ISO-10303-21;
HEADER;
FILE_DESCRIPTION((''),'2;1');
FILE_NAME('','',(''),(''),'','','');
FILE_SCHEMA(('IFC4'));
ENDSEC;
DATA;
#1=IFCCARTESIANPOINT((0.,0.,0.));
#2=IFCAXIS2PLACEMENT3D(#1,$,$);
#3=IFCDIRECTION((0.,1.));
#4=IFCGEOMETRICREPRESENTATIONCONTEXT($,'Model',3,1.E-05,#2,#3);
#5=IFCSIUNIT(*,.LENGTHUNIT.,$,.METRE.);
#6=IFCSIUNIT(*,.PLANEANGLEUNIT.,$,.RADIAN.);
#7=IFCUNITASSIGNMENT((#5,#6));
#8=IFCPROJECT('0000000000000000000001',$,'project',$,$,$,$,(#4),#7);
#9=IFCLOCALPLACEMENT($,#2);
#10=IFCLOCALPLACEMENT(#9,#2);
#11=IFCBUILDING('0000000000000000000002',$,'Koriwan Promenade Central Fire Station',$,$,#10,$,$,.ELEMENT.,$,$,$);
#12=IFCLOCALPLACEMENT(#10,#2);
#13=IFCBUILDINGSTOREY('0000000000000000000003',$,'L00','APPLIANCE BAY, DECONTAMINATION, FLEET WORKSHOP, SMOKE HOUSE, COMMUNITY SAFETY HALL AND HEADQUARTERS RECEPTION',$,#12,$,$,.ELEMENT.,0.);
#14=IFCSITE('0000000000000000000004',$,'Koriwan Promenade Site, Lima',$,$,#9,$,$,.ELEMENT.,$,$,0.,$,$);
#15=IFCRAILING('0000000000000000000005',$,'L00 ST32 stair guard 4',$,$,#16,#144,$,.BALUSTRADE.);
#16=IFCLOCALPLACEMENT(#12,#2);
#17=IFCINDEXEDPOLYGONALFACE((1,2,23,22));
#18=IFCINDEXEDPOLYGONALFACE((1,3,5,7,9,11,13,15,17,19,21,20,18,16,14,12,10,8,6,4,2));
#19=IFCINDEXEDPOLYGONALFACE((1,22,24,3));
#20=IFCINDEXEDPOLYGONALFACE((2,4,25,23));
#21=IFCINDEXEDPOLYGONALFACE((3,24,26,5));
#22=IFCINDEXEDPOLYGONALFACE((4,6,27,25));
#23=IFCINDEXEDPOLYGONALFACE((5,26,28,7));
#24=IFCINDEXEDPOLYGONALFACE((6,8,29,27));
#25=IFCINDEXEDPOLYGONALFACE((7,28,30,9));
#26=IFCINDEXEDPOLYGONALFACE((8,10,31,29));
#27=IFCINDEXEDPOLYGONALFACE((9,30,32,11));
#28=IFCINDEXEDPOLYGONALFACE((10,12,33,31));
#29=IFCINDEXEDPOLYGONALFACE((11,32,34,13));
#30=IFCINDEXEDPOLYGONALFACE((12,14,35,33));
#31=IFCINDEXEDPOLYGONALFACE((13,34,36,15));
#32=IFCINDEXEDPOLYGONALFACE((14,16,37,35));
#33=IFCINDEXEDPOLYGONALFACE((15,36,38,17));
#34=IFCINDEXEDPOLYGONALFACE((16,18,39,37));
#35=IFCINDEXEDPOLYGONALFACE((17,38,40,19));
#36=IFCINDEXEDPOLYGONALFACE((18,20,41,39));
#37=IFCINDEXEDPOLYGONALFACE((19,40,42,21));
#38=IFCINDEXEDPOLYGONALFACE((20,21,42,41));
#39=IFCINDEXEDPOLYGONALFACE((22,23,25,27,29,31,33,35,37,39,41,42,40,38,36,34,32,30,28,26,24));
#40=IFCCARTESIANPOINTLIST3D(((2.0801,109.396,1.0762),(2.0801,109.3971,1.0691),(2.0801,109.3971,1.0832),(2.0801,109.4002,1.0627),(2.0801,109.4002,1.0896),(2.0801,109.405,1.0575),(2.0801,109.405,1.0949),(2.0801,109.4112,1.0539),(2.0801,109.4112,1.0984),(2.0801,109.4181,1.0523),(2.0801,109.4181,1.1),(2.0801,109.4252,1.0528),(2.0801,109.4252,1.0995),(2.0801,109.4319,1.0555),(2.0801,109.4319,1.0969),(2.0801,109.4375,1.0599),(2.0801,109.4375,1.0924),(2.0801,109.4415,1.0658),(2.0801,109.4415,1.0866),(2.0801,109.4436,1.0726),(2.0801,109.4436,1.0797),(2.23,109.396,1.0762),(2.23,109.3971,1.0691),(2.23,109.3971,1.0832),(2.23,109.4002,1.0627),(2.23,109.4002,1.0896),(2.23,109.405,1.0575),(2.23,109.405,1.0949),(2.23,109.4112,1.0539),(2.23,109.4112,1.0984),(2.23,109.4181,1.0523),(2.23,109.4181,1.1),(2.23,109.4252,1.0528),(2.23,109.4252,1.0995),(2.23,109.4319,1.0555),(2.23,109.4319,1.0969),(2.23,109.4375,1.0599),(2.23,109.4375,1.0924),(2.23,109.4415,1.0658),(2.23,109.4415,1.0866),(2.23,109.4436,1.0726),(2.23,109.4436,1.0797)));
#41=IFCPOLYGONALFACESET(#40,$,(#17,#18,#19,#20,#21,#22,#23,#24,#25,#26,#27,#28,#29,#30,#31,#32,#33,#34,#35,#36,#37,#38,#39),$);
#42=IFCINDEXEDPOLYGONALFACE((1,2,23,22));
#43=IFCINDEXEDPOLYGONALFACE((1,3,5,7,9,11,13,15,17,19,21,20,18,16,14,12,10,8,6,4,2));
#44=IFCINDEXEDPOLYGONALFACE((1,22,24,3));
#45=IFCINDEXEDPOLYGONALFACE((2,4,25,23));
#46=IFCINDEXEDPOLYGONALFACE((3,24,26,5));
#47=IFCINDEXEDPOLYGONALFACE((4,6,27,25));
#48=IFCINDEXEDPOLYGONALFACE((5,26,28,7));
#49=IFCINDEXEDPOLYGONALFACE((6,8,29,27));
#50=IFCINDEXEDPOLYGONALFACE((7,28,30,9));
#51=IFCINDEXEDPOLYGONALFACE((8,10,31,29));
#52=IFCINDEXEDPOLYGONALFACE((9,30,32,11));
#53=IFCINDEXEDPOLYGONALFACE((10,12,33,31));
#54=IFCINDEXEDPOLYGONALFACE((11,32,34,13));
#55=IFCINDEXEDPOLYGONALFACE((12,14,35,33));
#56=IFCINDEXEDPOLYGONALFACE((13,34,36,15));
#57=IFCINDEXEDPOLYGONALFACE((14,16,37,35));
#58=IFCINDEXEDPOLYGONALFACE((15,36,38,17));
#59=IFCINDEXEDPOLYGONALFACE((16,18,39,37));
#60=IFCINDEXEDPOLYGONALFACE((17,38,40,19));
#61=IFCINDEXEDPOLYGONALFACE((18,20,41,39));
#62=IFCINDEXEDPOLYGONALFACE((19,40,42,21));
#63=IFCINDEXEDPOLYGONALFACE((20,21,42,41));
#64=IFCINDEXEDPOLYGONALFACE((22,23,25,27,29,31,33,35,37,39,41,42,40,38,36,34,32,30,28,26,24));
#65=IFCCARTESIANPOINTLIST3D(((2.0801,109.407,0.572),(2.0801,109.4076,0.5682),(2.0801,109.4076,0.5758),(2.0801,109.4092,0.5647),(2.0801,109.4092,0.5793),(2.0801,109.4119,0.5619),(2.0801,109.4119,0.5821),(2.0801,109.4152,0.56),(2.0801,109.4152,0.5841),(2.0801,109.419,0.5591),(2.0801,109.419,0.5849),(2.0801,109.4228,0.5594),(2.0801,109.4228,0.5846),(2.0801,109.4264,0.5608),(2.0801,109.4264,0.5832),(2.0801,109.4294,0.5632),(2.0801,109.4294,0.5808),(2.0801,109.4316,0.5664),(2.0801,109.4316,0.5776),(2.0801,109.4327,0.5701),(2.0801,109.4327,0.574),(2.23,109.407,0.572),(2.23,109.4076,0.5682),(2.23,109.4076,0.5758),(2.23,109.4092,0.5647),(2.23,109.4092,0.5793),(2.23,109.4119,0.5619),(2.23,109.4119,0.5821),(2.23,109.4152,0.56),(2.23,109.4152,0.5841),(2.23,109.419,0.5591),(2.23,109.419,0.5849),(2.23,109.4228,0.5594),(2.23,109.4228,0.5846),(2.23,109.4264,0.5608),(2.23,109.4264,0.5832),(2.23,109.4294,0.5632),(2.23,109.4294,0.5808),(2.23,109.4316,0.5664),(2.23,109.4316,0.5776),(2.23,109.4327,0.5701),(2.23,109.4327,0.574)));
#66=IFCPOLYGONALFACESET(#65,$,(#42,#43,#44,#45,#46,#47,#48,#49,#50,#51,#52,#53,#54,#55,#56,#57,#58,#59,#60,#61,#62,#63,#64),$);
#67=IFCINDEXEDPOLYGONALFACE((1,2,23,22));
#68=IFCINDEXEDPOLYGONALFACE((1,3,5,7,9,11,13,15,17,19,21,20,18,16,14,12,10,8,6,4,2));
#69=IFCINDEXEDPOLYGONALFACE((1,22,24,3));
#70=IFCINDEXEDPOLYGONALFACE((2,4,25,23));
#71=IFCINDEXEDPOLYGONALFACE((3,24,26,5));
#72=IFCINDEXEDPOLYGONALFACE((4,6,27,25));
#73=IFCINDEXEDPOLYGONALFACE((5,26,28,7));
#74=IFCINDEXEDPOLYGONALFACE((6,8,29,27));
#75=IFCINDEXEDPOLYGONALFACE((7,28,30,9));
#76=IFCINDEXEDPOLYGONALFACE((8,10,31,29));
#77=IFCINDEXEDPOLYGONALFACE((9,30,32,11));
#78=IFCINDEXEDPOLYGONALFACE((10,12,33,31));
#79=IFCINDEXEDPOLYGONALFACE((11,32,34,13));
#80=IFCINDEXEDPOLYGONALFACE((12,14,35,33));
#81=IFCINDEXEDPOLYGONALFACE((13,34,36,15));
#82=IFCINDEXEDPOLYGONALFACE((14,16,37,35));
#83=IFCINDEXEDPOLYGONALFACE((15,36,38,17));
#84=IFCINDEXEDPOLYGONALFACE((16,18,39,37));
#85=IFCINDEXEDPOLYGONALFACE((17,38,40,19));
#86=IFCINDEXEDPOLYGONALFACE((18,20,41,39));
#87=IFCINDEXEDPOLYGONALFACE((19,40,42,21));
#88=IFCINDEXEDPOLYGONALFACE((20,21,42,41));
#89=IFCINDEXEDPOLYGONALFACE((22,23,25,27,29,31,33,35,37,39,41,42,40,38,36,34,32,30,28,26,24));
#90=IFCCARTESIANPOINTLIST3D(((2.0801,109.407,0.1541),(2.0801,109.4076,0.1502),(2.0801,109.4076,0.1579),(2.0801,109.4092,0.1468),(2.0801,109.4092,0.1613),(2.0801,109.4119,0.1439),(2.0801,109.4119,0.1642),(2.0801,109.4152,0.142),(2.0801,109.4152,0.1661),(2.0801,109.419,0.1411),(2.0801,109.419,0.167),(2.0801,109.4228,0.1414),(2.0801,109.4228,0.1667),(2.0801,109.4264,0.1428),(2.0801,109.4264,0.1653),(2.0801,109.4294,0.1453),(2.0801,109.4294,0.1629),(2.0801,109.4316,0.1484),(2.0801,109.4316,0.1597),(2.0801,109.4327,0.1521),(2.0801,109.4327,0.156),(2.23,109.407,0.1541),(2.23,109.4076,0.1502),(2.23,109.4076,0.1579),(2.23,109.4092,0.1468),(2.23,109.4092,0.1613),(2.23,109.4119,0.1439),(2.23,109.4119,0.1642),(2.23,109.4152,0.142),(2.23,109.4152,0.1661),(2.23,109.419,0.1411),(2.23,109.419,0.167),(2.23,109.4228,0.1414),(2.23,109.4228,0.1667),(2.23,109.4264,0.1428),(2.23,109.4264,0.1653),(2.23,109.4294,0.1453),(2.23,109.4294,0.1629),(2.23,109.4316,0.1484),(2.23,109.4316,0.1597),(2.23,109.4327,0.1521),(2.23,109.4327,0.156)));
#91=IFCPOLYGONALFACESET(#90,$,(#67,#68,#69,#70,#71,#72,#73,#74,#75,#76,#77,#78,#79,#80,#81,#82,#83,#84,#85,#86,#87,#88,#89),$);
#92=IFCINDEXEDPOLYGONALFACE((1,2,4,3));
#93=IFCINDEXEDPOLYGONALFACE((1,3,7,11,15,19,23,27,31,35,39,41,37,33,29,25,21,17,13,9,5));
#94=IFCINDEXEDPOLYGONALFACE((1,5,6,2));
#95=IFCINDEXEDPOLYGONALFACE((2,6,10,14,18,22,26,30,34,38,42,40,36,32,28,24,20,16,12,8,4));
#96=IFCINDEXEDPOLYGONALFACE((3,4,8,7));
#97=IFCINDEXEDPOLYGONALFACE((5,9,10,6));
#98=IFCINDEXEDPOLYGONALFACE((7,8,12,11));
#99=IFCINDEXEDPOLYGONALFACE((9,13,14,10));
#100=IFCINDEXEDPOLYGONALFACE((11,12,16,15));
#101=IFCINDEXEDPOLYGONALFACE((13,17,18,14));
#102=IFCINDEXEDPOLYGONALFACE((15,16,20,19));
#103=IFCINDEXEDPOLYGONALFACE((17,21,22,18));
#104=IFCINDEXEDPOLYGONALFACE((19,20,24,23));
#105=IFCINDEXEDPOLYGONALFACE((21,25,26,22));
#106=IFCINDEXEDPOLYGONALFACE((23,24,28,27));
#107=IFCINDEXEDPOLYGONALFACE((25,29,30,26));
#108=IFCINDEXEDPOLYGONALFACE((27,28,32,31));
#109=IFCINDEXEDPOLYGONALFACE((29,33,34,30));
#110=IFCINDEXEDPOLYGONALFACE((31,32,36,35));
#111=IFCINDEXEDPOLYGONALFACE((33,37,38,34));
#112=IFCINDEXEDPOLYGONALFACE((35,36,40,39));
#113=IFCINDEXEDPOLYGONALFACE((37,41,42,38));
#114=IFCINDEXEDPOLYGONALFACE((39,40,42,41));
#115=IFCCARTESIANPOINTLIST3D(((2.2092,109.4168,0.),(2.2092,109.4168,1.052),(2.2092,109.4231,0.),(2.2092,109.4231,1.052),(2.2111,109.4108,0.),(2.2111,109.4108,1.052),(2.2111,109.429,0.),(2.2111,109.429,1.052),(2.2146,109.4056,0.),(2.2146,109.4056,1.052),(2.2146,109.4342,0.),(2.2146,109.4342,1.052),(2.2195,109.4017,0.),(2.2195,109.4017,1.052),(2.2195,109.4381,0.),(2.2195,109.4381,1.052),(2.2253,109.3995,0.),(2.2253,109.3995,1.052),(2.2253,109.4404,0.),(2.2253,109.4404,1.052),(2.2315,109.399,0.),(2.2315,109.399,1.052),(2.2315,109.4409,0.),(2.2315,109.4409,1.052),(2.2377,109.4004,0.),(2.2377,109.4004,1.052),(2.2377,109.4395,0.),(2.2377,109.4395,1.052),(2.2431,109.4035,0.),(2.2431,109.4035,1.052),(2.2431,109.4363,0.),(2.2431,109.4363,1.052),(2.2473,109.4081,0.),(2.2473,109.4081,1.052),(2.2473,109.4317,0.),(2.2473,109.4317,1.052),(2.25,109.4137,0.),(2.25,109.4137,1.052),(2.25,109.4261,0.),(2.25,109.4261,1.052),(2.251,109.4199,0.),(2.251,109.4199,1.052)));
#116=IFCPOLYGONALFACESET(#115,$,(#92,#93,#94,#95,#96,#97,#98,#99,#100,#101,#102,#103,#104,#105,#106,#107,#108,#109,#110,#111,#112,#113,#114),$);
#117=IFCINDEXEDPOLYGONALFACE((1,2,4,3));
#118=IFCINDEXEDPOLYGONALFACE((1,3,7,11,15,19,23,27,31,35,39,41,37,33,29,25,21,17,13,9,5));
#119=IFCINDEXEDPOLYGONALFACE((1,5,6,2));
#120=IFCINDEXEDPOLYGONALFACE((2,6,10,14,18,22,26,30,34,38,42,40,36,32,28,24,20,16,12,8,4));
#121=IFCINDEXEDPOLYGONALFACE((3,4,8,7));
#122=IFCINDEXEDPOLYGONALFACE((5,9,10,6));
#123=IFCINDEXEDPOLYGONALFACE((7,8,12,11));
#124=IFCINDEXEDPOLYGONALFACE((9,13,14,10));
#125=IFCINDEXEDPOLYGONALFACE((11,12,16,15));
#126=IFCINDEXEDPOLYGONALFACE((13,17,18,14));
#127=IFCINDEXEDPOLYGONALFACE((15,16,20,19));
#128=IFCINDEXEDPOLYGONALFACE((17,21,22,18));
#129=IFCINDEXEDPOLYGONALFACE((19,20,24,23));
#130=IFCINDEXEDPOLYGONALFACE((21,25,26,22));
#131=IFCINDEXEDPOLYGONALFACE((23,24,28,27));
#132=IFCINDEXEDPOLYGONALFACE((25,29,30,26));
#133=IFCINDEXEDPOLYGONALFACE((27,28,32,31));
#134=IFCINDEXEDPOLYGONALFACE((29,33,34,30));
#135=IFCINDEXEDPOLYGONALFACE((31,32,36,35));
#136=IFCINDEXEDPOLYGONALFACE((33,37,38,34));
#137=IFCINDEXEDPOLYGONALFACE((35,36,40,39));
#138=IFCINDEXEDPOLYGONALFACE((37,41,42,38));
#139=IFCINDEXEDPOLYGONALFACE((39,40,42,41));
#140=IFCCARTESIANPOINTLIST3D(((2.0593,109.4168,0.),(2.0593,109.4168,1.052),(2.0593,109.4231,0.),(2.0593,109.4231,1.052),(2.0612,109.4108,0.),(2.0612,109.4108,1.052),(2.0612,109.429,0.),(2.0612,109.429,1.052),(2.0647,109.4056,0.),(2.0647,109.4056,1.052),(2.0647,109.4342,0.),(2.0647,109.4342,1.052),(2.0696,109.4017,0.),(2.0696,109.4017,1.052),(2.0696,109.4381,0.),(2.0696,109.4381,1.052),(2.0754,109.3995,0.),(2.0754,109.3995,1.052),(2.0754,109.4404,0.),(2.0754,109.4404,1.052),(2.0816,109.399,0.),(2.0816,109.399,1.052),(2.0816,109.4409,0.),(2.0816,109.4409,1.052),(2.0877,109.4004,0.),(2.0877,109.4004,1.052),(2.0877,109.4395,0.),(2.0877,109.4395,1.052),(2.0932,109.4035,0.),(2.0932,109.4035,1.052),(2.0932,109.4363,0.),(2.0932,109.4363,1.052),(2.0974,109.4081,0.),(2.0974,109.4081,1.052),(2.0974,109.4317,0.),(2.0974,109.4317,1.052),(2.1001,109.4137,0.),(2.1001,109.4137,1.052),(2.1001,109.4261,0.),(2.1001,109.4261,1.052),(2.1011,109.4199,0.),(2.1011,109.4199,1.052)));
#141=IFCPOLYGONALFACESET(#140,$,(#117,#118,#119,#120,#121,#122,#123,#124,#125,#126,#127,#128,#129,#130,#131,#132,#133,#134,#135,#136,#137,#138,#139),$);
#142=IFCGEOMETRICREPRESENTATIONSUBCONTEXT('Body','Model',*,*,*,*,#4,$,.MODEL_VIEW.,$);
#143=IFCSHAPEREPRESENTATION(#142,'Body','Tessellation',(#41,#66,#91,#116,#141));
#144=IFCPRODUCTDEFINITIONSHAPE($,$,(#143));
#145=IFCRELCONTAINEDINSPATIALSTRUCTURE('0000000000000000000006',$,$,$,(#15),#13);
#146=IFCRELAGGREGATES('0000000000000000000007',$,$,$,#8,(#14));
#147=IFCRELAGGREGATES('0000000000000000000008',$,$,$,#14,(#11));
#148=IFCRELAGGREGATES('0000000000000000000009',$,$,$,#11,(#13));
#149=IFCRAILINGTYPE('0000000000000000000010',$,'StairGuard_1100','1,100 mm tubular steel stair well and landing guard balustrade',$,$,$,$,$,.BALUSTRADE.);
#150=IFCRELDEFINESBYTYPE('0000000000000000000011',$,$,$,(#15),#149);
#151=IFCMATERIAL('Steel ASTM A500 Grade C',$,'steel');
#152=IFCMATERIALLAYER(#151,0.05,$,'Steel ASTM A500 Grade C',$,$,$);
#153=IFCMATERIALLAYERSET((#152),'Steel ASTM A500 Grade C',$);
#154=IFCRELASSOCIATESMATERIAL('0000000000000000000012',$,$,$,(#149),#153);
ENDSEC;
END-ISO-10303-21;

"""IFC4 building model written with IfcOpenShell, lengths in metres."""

from ifc_helpers import new_model, si_unit, direction, frame, origin, origin_2d, place, context, subcontext, project, spatial, circle, extrude, material, layer, layer_set, type_object, element, save


model = new_model("IFC4")

# Units and contexts
model_context = context("Model", 3, precision=1e-05, world=origin(), true_north=direction((0.0, 1.0)))
body_context = subcontext(model_context, "Body", "Model", "MODEL_VIEW")
ifc_project = project(units=[si_unit("LENGTHUNIT", "METRE"), si_unit("PLANEANGLEUNIT", "RADIAN")], contexts=[model_context])

# Site, building, storey
site_placement = place(None, origin())
site = spatial("IfcSite", under=ifc_project, at=site_placement, Name="Koriwan Promenade Site, Lima", CompositionType="ELEMENT", RefElevation=0.0)
building_placement = place(site_placement, origin())
building = spatial("IfcBuilding", under=site, at=building_placement, Name="Koriwan Promenade Central Fire Station", CompositionType="ELEMENT")
storey_placement = place(building_placement, origin())
storey = spatial("IfcBuildingStorey", under=building, at=storey_placement, Name="L00", Description="APPLIANCE BAY, DECONTAMINATION, FLEET WORKSHOP, SMOKE HOUSE, COMMUNITY SAFETY HALL AND HEADQUARTERS RECEPTION", CompositionType="ELEMENT", Elevation=0.0)

# Railing
ifc_material_1 = material(Name="Steel ASTM A500 Grade C", Category="steel")
ifc_layer_1 = layer(ifc_material_1, 0.05, Name="Steel ASTM A500 Grade C")
ifc_layer_set_1 = layer_set([ifc_layer_1], Name="Steel ASTM A500 Grade C")
railing_type_1 = type_object("IfcRailingType", Name="StairGuard_1100", Description="1,100 mm tubular steel stair well and landing guard balustrade", PredefinedType="BALUSTRADE", material=ifc_layer_set_1)
railing_1_placement = place(storey_placement, frame((2.23, 109.4199, 0.0)))
element("IfcRailing", 1, at=railing_1_placement, inside=storey, type_object=railing_type_1, Name="L00 ST32 stair guard 4", PredefinedType="BALUSTRADE", context=body_context, shape_type="SweptSolid", body=[
    extrude(circle(Radius=0.0239, at=origin_2d()), frame((0.0, 0.0, 1.0762), z_axis=(-1.0, 0.0, 0.0), x_axis=(0.0, -1.0, 0.0)), (0.0, 0.0, 1.0), 0.1499),
    extrude(circle(Radius=0.0129, at=origin_2d()), frame((0.0, 0.0, 0.572), z_axis=(-1.0, 0.0, 0.0), x_axis=(0.0, -1.0, 0.0)), (0.0, 0.0, 1.0), 0.1499),
    extrude(circle(Radius=0.0129, at=origin_2d()), frame((0.0, 0.0, 0.1541), z_axis=(-1.0, 0.0, 0.0), x_axis=(0.0, -1.0, 0.0)), (0.0, 0.0, 1.0), 0.1499),
    extrude(circle(Radius=0.021, at=origin_2d()), origin(), (0.0, 0.0, 1.0), 1.052),
    extrude(circle(Radius=0.021, at=origin_2d()), frame((-0.1499, 0.0, 0.0)), (0.0, 0.0, 1.0), 1.052),
])

save(model, "model.ifc")
